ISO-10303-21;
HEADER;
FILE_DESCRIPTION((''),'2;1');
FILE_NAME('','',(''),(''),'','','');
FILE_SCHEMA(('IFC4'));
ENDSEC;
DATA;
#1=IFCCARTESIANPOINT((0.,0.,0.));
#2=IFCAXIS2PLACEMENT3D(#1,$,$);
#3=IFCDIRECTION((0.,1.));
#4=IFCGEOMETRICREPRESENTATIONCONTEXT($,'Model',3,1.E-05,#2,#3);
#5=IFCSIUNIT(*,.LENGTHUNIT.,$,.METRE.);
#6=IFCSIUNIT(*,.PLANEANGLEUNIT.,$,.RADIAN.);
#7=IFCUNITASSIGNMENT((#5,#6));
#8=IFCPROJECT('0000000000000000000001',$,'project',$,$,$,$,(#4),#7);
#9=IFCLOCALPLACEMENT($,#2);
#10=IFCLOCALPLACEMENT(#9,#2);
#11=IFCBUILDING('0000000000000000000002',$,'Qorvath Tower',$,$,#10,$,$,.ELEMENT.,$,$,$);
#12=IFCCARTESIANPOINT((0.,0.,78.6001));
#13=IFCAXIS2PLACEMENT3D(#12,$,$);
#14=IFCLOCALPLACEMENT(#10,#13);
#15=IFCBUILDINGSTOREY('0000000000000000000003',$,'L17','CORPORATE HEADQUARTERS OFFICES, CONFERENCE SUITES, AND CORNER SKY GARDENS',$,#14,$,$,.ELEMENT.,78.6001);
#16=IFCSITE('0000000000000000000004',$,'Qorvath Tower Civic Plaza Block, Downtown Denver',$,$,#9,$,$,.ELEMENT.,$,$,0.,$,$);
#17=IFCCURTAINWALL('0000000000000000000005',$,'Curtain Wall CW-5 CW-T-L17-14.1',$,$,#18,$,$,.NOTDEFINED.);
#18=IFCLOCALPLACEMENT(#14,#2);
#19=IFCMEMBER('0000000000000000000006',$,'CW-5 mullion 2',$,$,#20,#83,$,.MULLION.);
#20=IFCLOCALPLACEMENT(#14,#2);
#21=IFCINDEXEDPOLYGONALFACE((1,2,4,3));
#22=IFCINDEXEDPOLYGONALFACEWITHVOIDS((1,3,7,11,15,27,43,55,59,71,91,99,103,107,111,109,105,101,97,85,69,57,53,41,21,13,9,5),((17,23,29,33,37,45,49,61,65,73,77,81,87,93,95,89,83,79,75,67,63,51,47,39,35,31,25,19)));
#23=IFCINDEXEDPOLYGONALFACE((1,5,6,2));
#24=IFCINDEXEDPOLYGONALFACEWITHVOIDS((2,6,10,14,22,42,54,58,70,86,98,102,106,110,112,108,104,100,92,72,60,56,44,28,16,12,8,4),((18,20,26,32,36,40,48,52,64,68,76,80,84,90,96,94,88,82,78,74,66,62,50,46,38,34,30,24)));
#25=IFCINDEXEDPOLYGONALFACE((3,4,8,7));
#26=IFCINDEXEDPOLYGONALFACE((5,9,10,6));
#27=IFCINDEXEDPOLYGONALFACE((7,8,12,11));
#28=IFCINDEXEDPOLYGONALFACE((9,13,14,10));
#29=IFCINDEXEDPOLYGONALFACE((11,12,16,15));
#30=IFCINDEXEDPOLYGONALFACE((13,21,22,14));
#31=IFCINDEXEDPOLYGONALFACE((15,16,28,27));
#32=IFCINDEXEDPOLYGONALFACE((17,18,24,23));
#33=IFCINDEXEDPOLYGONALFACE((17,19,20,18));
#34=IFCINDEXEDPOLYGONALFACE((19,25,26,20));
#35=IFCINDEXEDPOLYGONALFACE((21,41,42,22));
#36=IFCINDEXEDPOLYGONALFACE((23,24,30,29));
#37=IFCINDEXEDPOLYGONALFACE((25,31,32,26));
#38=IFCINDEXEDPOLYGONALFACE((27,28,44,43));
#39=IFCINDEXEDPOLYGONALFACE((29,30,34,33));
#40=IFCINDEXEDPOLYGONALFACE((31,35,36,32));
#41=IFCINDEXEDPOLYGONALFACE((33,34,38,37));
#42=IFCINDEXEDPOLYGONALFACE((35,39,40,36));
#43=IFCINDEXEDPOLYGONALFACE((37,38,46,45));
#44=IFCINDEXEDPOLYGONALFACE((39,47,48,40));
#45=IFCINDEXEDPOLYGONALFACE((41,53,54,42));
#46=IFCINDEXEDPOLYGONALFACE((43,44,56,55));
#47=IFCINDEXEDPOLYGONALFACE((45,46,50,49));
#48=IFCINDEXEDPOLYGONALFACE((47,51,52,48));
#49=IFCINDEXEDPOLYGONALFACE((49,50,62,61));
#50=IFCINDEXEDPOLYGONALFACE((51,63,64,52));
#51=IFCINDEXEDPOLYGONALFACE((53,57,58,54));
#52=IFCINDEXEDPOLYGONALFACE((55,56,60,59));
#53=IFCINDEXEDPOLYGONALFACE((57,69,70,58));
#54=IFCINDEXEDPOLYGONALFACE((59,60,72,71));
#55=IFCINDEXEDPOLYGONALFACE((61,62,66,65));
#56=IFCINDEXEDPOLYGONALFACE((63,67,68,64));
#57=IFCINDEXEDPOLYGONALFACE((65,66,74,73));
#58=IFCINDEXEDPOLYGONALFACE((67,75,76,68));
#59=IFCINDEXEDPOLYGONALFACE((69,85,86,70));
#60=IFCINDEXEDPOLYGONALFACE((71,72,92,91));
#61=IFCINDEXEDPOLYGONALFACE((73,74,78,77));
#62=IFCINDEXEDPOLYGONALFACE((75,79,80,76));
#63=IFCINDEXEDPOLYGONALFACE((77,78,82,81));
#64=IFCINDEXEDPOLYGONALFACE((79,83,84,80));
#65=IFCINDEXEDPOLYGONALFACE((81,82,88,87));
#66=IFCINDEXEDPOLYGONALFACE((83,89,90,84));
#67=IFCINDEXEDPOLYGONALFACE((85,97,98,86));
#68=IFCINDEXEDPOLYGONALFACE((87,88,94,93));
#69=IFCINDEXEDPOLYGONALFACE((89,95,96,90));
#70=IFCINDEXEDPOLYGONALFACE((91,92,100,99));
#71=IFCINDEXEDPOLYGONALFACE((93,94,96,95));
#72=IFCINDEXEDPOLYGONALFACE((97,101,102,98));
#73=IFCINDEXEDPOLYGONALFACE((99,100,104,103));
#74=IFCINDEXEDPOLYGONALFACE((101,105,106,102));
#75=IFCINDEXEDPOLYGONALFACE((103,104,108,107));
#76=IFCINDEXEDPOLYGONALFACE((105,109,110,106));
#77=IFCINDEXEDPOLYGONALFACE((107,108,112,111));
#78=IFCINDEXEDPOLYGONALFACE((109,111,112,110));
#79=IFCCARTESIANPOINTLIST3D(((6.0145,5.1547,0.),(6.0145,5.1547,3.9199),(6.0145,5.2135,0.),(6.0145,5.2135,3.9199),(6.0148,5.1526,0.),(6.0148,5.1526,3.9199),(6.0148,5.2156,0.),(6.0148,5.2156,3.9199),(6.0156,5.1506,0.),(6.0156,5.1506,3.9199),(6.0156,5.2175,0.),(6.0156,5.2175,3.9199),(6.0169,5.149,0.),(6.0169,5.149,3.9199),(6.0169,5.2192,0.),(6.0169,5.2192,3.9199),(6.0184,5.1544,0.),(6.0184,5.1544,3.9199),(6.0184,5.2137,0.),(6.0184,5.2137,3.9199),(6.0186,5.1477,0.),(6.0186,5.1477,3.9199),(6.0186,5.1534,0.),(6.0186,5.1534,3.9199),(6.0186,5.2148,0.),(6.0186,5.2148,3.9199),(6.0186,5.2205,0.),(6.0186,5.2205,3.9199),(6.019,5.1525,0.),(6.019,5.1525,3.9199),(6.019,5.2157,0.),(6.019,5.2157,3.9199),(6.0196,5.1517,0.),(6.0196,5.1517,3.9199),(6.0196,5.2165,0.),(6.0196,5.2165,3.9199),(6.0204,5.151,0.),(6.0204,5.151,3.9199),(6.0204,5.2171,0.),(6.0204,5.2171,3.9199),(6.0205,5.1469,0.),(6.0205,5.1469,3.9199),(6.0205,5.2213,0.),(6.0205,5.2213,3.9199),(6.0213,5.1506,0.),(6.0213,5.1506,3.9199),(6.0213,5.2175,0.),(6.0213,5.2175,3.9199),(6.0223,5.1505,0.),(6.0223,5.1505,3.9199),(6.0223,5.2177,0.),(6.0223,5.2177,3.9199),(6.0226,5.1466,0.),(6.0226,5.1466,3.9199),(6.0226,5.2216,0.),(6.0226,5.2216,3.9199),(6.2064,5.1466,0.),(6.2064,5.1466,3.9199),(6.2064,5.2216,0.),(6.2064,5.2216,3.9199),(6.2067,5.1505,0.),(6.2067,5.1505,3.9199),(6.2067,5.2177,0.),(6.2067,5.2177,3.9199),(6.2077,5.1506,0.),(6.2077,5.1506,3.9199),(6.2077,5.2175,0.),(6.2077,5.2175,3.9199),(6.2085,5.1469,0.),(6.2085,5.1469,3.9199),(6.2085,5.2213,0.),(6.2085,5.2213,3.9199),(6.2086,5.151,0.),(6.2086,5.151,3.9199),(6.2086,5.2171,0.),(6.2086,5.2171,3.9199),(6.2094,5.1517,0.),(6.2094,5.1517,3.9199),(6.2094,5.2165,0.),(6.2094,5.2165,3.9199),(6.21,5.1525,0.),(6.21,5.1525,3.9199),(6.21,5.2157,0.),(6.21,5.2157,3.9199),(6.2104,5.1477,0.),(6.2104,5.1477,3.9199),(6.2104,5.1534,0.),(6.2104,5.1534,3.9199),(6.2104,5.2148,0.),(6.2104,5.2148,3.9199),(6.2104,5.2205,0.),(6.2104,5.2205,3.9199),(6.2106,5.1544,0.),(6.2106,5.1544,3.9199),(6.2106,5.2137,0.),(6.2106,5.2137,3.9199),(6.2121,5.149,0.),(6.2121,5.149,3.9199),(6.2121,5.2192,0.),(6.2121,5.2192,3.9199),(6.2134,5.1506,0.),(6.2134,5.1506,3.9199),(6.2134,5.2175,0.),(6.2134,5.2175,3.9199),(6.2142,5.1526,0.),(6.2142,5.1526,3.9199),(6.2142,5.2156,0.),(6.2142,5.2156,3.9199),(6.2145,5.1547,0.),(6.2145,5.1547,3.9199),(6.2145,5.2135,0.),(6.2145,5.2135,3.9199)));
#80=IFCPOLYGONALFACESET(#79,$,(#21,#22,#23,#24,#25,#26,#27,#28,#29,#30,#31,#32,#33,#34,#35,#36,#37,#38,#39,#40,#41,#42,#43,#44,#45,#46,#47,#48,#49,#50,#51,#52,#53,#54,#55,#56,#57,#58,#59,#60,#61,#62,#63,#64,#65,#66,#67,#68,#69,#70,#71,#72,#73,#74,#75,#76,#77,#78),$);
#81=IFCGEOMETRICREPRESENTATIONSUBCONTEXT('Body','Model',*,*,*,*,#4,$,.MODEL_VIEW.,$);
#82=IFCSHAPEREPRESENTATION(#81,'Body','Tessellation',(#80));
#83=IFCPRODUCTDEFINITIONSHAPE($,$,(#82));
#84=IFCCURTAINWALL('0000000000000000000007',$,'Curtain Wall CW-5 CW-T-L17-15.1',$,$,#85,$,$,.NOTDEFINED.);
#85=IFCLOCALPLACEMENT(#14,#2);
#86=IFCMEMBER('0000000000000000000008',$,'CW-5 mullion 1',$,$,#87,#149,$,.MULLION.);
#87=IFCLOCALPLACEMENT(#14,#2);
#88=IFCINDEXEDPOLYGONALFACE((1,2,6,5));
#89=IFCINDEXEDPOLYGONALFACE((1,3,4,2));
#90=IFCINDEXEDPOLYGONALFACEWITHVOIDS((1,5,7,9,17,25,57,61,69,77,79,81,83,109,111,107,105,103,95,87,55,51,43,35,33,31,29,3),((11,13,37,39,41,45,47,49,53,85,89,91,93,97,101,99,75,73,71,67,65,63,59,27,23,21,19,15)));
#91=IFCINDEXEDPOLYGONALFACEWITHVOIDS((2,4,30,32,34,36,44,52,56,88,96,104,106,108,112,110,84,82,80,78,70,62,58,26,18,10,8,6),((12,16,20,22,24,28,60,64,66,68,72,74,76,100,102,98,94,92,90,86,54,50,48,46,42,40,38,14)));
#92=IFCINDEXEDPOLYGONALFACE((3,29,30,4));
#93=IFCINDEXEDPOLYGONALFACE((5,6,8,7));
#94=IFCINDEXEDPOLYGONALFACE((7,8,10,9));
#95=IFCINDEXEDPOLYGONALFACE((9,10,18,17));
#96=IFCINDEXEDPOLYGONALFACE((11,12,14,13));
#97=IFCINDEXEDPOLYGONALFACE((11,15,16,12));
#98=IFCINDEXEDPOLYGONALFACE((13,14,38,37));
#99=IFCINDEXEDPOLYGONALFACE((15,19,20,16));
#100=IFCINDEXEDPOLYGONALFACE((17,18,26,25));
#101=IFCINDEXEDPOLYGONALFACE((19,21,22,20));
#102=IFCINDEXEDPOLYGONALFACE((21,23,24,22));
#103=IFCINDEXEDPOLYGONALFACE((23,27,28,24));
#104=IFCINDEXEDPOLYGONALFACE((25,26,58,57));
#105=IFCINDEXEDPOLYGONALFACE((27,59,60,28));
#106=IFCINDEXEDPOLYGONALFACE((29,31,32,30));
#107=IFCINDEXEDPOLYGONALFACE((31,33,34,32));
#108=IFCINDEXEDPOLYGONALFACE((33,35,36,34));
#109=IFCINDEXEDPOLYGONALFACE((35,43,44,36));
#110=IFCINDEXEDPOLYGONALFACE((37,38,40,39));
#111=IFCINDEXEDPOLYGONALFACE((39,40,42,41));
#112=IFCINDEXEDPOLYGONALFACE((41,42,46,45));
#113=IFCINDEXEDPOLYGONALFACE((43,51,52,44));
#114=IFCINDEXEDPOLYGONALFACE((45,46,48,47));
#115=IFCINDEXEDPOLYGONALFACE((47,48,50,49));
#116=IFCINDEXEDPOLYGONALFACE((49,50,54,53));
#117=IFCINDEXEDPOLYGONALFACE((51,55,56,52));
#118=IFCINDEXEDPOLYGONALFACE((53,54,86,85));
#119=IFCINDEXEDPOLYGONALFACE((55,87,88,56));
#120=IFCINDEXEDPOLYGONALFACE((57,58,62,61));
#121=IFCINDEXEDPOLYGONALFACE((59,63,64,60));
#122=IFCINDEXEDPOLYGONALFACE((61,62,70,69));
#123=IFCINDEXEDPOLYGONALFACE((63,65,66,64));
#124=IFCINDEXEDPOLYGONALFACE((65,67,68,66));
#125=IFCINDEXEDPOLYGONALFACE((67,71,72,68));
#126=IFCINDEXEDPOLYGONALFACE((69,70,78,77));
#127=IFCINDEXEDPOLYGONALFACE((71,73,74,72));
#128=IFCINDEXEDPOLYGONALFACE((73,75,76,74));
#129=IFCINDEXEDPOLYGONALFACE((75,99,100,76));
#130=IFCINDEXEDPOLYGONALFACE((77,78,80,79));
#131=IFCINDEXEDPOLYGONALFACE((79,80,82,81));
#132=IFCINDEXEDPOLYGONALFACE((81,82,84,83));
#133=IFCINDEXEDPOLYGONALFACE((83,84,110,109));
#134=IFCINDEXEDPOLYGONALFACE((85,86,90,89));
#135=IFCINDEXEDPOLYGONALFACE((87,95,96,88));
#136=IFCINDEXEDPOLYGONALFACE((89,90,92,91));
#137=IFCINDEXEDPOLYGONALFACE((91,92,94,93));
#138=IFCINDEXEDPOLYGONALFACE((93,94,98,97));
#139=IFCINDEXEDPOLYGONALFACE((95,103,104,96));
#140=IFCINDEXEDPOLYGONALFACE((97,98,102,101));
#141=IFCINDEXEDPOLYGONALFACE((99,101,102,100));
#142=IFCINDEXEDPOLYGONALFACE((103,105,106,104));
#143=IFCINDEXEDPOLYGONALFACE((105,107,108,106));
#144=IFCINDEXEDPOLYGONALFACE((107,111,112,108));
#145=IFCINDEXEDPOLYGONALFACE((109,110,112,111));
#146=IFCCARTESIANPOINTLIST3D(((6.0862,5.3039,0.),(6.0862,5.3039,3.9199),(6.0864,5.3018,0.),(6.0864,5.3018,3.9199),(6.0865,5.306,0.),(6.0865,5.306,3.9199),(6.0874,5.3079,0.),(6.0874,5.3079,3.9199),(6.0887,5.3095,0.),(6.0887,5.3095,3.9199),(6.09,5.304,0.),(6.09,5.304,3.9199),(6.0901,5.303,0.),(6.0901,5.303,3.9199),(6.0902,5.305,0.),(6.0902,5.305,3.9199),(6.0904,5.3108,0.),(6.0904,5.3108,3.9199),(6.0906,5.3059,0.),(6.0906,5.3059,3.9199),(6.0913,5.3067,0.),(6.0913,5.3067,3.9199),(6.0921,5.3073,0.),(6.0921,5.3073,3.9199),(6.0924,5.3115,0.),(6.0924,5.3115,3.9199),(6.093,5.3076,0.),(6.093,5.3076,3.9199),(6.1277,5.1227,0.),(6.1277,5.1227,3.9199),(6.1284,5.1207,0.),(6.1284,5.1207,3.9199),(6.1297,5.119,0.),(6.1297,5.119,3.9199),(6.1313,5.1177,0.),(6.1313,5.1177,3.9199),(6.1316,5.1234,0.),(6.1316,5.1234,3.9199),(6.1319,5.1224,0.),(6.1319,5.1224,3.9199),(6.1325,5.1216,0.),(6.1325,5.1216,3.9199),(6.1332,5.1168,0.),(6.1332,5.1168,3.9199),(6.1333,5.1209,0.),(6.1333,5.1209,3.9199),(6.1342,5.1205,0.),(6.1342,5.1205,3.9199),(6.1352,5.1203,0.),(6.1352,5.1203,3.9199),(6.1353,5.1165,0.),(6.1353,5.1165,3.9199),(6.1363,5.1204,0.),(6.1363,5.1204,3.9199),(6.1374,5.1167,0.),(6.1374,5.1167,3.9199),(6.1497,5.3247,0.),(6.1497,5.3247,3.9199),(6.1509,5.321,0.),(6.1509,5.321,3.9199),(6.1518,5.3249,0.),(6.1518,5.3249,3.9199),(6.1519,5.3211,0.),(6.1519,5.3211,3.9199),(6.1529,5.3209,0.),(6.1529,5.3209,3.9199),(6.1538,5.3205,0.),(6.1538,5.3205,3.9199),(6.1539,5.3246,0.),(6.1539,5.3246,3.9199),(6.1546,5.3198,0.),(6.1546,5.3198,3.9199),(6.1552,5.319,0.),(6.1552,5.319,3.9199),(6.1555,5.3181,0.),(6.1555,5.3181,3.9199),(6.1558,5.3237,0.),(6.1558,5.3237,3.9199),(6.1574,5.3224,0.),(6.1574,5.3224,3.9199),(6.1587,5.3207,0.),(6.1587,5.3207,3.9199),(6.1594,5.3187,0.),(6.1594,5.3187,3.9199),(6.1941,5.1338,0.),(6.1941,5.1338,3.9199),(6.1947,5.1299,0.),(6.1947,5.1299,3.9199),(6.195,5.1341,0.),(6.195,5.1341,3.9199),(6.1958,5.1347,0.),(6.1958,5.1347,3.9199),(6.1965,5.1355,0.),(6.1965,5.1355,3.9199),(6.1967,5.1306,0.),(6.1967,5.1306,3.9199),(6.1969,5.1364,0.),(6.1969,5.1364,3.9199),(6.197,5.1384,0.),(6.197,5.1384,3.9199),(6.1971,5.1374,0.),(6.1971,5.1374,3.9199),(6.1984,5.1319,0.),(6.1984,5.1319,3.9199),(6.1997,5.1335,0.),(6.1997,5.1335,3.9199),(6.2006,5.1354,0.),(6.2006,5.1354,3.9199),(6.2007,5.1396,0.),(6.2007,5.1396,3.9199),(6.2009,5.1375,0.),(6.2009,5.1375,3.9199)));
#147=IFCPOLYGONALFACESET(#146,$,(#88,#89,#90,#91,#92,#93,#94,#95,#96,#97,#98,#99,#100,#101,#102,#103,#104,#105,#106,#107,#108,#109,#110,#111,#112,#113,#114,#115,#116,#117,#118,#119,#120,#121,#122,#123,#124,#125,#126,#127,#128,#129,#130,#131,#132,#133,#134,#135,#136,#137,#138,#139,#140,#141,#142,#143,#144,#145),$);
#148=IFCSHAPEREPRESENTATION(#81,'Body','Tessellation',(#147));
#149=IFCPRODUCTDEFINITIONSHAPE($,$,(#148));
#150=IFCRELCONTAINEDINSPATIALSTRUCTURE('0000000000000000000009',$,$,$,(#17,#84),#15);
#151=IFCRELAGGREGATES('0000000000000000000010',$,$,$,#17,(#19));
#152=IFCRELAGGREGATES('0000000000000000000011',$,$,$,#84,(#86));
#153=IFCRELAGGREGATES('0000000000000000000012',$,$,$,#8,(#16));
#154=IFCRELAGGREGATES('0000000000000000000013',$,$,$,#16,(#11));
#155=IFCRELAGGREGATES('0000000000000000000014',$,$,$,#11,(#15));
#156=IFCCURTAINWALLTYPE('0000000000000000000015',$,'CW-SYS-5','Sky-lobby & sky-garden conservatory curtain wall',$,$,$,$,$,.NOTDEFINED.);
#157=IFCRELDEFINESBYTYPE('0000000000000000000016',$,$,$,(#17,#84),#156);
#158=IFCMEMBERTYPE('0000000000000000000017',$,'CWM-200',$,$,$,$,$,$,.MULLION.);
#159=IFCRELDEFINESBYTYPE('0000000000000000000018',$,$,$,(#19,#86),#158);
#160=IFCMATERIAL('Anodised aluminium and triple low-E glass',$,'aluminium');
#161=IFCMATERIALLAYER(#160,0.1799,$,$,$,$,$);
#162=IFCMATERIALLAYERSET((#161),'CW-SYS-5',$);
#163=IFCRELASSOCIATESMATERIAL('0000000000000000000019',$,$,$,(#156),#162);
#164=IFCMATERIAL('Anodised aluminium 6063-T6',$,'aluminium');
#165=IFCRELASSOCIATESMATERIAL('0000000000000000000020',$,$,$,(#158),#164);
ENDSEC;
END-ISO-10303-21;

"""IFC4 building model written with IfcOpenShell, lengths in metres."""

from ifc_helpers import new_model, si_unit, direction, frame, origin, origin_2d, place, context, subcontext, project, spatial, hollow_rectangle, extrude, material, layer, layer_set, material_profile, profile_set, type_object, element, aggregate, save


model = new_model("IFC4")

# Units and contexts
model_context = context("Model", 3, precision=1e-05, world=origin(), true_north=direction((0.0, 1.0)))
body_context = subcontext(model_context, "Body", "Model", "MODEL_VIEW")
ifc_project = project(units=[si_unit("LENGTHUNIT", "METRE"), si_unit("PLANEANGLEUNIT", "RADIAN")], contexts=[model_context])

# Site, building, storey
site_placement = place(None, origin())
site = spatial("IfcSite", under=ifc_project, at=site_placement, Name="Qorvath Tower Civic Plaza Block, Downtown Denver", CompositionType="ELEMENT", RefElevation=0.0)
building_placement = place(site_placement, origin())
building = spatial("IfcBuilding", under=site, at=building_placement, Name="Qorvath Tower", CompositionType="ELEMENT")
storey_placement = place(building_placement, frame((0.0, 0.0, 78.6001)))
storey = spatial("IfcBuildingStorey", under=building, at=storey_placement, Name="L17", Description="CORPORATE HEADQUARTERS OFFICES, CONFERENCE SUITES, AND CORNER SKY GARDENS", CompositionType="ELEMENT", Elevation=78.6001)

# Shared definitions
ifc_material_1 = material(Name="Anodised aluminium and triple low-E glass", Category="aluminium")
ifc_layer_1 = layer(ifc_material_1, 0.1799)
ifc_layer_set_1 = layer_set([ifc_layer_1], Name="CW-SYS-5")
curtain_wall_type = type_object("IfcCurtainWallType", Name="CW-SYS-5", Description="Sky-lobby & sky-garden conservatory curtain wall", PredefinedType="NOTDEFINED", material=ifc_layer_set_1)
ifc_material_2 = material(Name="Anodised aluminium 6063-T6", Category="aluminium")
ifc_material_profile_1 = material_profile(ifc_material_2, hollow_rectangle(XDim=0.075, YDim=0.2, WallThickness=0.0039, InnerFilletRadius=0.0039, OuterFilletRadius=0.0081, at=origin_2d()), Name="CWM 200x75")
ifc_profile_set_1 = profile_set([ifc_material_profile_1], Name="Anodised aluminium 6063-T6")
member_type_1 = type_object("IfcMemberType", Name="CWM-200", PredefinedType="MULLION", material=ifc_profile_set_1)

# Curtain wall, member
curtain_wall_1_placement = place(storey_placement, origin())
curtain_wall_1 = element("IfcCurtainWall", 1, at=curtain_wall_1_placement, inside=storey, type_object=curtain_wall_type, Name="Curtain Wall CW-5 CW-T-L17-14.1", PredefinedType="NOTDEFINED")
member_1_placement = place(storey_placement, frame((6.1145, 5.1841, 0.0), z_axis=(0.0, 0.0, 1.0), x_axis=(0.0, 1.0, 0.0)))
member_1 = element("IfcMember", 2, at=member_1_placement, type_object=member_type_1, Name="CW-5 mullion 2", PredefinedType="MULLION", context=body_context, shape_type="SweptSolid", body=[
    extrude(hollow_rectangle(XDim=0.075, YDim=0.2, WallThickness=0.0039, InnerFilletRadius=0.0039, OuterFilletRadius=0.0081, at=origin_2d()), origin(), (0.0, 0.0, 1.0), 3.9199),
])
aggregate(curtain_wall_1, [member_1])

# Curtain wall, member
curtain_wall_2_placement = place(storey_placement, origin())
curtain_wall_2 = element("IfcCurtainWall", 3, at=curtain_wall_2_placement, inside=storey, type_object=curtain_wall_type, Name="Curtain Wall CW-5 CW-T-L17-15.1", PredefinedType="NOTDEFINED")
member_2_placement = place(storey_placement, frame((6.1436, 5.2207, 0.0), z_axis=(0.0, 0.0, 1.0), x_axis=(-0.974388, -0.224872, 0.0)))
member_2 = element("IfcMember", 4, at=member_2_placement, type_object=member_type_1, Name="CW-5 mullion 1", PredefinedType="MULLION", context=body_context, shape_type="SweptSolid", body=[
    extrude(hollow_rectangle(XDim=0.075, YDim=0.2, WallThickness=0.0039, InnerFilletRadius=0.0039, OuterFilletRadius=0.0081, at=origin_2d()), origin(), (0.0, 0.0, 1.0), 3.9199),
])

aggregate(curtain_wall_2, [member_2])

save(model, "model.ifc")
